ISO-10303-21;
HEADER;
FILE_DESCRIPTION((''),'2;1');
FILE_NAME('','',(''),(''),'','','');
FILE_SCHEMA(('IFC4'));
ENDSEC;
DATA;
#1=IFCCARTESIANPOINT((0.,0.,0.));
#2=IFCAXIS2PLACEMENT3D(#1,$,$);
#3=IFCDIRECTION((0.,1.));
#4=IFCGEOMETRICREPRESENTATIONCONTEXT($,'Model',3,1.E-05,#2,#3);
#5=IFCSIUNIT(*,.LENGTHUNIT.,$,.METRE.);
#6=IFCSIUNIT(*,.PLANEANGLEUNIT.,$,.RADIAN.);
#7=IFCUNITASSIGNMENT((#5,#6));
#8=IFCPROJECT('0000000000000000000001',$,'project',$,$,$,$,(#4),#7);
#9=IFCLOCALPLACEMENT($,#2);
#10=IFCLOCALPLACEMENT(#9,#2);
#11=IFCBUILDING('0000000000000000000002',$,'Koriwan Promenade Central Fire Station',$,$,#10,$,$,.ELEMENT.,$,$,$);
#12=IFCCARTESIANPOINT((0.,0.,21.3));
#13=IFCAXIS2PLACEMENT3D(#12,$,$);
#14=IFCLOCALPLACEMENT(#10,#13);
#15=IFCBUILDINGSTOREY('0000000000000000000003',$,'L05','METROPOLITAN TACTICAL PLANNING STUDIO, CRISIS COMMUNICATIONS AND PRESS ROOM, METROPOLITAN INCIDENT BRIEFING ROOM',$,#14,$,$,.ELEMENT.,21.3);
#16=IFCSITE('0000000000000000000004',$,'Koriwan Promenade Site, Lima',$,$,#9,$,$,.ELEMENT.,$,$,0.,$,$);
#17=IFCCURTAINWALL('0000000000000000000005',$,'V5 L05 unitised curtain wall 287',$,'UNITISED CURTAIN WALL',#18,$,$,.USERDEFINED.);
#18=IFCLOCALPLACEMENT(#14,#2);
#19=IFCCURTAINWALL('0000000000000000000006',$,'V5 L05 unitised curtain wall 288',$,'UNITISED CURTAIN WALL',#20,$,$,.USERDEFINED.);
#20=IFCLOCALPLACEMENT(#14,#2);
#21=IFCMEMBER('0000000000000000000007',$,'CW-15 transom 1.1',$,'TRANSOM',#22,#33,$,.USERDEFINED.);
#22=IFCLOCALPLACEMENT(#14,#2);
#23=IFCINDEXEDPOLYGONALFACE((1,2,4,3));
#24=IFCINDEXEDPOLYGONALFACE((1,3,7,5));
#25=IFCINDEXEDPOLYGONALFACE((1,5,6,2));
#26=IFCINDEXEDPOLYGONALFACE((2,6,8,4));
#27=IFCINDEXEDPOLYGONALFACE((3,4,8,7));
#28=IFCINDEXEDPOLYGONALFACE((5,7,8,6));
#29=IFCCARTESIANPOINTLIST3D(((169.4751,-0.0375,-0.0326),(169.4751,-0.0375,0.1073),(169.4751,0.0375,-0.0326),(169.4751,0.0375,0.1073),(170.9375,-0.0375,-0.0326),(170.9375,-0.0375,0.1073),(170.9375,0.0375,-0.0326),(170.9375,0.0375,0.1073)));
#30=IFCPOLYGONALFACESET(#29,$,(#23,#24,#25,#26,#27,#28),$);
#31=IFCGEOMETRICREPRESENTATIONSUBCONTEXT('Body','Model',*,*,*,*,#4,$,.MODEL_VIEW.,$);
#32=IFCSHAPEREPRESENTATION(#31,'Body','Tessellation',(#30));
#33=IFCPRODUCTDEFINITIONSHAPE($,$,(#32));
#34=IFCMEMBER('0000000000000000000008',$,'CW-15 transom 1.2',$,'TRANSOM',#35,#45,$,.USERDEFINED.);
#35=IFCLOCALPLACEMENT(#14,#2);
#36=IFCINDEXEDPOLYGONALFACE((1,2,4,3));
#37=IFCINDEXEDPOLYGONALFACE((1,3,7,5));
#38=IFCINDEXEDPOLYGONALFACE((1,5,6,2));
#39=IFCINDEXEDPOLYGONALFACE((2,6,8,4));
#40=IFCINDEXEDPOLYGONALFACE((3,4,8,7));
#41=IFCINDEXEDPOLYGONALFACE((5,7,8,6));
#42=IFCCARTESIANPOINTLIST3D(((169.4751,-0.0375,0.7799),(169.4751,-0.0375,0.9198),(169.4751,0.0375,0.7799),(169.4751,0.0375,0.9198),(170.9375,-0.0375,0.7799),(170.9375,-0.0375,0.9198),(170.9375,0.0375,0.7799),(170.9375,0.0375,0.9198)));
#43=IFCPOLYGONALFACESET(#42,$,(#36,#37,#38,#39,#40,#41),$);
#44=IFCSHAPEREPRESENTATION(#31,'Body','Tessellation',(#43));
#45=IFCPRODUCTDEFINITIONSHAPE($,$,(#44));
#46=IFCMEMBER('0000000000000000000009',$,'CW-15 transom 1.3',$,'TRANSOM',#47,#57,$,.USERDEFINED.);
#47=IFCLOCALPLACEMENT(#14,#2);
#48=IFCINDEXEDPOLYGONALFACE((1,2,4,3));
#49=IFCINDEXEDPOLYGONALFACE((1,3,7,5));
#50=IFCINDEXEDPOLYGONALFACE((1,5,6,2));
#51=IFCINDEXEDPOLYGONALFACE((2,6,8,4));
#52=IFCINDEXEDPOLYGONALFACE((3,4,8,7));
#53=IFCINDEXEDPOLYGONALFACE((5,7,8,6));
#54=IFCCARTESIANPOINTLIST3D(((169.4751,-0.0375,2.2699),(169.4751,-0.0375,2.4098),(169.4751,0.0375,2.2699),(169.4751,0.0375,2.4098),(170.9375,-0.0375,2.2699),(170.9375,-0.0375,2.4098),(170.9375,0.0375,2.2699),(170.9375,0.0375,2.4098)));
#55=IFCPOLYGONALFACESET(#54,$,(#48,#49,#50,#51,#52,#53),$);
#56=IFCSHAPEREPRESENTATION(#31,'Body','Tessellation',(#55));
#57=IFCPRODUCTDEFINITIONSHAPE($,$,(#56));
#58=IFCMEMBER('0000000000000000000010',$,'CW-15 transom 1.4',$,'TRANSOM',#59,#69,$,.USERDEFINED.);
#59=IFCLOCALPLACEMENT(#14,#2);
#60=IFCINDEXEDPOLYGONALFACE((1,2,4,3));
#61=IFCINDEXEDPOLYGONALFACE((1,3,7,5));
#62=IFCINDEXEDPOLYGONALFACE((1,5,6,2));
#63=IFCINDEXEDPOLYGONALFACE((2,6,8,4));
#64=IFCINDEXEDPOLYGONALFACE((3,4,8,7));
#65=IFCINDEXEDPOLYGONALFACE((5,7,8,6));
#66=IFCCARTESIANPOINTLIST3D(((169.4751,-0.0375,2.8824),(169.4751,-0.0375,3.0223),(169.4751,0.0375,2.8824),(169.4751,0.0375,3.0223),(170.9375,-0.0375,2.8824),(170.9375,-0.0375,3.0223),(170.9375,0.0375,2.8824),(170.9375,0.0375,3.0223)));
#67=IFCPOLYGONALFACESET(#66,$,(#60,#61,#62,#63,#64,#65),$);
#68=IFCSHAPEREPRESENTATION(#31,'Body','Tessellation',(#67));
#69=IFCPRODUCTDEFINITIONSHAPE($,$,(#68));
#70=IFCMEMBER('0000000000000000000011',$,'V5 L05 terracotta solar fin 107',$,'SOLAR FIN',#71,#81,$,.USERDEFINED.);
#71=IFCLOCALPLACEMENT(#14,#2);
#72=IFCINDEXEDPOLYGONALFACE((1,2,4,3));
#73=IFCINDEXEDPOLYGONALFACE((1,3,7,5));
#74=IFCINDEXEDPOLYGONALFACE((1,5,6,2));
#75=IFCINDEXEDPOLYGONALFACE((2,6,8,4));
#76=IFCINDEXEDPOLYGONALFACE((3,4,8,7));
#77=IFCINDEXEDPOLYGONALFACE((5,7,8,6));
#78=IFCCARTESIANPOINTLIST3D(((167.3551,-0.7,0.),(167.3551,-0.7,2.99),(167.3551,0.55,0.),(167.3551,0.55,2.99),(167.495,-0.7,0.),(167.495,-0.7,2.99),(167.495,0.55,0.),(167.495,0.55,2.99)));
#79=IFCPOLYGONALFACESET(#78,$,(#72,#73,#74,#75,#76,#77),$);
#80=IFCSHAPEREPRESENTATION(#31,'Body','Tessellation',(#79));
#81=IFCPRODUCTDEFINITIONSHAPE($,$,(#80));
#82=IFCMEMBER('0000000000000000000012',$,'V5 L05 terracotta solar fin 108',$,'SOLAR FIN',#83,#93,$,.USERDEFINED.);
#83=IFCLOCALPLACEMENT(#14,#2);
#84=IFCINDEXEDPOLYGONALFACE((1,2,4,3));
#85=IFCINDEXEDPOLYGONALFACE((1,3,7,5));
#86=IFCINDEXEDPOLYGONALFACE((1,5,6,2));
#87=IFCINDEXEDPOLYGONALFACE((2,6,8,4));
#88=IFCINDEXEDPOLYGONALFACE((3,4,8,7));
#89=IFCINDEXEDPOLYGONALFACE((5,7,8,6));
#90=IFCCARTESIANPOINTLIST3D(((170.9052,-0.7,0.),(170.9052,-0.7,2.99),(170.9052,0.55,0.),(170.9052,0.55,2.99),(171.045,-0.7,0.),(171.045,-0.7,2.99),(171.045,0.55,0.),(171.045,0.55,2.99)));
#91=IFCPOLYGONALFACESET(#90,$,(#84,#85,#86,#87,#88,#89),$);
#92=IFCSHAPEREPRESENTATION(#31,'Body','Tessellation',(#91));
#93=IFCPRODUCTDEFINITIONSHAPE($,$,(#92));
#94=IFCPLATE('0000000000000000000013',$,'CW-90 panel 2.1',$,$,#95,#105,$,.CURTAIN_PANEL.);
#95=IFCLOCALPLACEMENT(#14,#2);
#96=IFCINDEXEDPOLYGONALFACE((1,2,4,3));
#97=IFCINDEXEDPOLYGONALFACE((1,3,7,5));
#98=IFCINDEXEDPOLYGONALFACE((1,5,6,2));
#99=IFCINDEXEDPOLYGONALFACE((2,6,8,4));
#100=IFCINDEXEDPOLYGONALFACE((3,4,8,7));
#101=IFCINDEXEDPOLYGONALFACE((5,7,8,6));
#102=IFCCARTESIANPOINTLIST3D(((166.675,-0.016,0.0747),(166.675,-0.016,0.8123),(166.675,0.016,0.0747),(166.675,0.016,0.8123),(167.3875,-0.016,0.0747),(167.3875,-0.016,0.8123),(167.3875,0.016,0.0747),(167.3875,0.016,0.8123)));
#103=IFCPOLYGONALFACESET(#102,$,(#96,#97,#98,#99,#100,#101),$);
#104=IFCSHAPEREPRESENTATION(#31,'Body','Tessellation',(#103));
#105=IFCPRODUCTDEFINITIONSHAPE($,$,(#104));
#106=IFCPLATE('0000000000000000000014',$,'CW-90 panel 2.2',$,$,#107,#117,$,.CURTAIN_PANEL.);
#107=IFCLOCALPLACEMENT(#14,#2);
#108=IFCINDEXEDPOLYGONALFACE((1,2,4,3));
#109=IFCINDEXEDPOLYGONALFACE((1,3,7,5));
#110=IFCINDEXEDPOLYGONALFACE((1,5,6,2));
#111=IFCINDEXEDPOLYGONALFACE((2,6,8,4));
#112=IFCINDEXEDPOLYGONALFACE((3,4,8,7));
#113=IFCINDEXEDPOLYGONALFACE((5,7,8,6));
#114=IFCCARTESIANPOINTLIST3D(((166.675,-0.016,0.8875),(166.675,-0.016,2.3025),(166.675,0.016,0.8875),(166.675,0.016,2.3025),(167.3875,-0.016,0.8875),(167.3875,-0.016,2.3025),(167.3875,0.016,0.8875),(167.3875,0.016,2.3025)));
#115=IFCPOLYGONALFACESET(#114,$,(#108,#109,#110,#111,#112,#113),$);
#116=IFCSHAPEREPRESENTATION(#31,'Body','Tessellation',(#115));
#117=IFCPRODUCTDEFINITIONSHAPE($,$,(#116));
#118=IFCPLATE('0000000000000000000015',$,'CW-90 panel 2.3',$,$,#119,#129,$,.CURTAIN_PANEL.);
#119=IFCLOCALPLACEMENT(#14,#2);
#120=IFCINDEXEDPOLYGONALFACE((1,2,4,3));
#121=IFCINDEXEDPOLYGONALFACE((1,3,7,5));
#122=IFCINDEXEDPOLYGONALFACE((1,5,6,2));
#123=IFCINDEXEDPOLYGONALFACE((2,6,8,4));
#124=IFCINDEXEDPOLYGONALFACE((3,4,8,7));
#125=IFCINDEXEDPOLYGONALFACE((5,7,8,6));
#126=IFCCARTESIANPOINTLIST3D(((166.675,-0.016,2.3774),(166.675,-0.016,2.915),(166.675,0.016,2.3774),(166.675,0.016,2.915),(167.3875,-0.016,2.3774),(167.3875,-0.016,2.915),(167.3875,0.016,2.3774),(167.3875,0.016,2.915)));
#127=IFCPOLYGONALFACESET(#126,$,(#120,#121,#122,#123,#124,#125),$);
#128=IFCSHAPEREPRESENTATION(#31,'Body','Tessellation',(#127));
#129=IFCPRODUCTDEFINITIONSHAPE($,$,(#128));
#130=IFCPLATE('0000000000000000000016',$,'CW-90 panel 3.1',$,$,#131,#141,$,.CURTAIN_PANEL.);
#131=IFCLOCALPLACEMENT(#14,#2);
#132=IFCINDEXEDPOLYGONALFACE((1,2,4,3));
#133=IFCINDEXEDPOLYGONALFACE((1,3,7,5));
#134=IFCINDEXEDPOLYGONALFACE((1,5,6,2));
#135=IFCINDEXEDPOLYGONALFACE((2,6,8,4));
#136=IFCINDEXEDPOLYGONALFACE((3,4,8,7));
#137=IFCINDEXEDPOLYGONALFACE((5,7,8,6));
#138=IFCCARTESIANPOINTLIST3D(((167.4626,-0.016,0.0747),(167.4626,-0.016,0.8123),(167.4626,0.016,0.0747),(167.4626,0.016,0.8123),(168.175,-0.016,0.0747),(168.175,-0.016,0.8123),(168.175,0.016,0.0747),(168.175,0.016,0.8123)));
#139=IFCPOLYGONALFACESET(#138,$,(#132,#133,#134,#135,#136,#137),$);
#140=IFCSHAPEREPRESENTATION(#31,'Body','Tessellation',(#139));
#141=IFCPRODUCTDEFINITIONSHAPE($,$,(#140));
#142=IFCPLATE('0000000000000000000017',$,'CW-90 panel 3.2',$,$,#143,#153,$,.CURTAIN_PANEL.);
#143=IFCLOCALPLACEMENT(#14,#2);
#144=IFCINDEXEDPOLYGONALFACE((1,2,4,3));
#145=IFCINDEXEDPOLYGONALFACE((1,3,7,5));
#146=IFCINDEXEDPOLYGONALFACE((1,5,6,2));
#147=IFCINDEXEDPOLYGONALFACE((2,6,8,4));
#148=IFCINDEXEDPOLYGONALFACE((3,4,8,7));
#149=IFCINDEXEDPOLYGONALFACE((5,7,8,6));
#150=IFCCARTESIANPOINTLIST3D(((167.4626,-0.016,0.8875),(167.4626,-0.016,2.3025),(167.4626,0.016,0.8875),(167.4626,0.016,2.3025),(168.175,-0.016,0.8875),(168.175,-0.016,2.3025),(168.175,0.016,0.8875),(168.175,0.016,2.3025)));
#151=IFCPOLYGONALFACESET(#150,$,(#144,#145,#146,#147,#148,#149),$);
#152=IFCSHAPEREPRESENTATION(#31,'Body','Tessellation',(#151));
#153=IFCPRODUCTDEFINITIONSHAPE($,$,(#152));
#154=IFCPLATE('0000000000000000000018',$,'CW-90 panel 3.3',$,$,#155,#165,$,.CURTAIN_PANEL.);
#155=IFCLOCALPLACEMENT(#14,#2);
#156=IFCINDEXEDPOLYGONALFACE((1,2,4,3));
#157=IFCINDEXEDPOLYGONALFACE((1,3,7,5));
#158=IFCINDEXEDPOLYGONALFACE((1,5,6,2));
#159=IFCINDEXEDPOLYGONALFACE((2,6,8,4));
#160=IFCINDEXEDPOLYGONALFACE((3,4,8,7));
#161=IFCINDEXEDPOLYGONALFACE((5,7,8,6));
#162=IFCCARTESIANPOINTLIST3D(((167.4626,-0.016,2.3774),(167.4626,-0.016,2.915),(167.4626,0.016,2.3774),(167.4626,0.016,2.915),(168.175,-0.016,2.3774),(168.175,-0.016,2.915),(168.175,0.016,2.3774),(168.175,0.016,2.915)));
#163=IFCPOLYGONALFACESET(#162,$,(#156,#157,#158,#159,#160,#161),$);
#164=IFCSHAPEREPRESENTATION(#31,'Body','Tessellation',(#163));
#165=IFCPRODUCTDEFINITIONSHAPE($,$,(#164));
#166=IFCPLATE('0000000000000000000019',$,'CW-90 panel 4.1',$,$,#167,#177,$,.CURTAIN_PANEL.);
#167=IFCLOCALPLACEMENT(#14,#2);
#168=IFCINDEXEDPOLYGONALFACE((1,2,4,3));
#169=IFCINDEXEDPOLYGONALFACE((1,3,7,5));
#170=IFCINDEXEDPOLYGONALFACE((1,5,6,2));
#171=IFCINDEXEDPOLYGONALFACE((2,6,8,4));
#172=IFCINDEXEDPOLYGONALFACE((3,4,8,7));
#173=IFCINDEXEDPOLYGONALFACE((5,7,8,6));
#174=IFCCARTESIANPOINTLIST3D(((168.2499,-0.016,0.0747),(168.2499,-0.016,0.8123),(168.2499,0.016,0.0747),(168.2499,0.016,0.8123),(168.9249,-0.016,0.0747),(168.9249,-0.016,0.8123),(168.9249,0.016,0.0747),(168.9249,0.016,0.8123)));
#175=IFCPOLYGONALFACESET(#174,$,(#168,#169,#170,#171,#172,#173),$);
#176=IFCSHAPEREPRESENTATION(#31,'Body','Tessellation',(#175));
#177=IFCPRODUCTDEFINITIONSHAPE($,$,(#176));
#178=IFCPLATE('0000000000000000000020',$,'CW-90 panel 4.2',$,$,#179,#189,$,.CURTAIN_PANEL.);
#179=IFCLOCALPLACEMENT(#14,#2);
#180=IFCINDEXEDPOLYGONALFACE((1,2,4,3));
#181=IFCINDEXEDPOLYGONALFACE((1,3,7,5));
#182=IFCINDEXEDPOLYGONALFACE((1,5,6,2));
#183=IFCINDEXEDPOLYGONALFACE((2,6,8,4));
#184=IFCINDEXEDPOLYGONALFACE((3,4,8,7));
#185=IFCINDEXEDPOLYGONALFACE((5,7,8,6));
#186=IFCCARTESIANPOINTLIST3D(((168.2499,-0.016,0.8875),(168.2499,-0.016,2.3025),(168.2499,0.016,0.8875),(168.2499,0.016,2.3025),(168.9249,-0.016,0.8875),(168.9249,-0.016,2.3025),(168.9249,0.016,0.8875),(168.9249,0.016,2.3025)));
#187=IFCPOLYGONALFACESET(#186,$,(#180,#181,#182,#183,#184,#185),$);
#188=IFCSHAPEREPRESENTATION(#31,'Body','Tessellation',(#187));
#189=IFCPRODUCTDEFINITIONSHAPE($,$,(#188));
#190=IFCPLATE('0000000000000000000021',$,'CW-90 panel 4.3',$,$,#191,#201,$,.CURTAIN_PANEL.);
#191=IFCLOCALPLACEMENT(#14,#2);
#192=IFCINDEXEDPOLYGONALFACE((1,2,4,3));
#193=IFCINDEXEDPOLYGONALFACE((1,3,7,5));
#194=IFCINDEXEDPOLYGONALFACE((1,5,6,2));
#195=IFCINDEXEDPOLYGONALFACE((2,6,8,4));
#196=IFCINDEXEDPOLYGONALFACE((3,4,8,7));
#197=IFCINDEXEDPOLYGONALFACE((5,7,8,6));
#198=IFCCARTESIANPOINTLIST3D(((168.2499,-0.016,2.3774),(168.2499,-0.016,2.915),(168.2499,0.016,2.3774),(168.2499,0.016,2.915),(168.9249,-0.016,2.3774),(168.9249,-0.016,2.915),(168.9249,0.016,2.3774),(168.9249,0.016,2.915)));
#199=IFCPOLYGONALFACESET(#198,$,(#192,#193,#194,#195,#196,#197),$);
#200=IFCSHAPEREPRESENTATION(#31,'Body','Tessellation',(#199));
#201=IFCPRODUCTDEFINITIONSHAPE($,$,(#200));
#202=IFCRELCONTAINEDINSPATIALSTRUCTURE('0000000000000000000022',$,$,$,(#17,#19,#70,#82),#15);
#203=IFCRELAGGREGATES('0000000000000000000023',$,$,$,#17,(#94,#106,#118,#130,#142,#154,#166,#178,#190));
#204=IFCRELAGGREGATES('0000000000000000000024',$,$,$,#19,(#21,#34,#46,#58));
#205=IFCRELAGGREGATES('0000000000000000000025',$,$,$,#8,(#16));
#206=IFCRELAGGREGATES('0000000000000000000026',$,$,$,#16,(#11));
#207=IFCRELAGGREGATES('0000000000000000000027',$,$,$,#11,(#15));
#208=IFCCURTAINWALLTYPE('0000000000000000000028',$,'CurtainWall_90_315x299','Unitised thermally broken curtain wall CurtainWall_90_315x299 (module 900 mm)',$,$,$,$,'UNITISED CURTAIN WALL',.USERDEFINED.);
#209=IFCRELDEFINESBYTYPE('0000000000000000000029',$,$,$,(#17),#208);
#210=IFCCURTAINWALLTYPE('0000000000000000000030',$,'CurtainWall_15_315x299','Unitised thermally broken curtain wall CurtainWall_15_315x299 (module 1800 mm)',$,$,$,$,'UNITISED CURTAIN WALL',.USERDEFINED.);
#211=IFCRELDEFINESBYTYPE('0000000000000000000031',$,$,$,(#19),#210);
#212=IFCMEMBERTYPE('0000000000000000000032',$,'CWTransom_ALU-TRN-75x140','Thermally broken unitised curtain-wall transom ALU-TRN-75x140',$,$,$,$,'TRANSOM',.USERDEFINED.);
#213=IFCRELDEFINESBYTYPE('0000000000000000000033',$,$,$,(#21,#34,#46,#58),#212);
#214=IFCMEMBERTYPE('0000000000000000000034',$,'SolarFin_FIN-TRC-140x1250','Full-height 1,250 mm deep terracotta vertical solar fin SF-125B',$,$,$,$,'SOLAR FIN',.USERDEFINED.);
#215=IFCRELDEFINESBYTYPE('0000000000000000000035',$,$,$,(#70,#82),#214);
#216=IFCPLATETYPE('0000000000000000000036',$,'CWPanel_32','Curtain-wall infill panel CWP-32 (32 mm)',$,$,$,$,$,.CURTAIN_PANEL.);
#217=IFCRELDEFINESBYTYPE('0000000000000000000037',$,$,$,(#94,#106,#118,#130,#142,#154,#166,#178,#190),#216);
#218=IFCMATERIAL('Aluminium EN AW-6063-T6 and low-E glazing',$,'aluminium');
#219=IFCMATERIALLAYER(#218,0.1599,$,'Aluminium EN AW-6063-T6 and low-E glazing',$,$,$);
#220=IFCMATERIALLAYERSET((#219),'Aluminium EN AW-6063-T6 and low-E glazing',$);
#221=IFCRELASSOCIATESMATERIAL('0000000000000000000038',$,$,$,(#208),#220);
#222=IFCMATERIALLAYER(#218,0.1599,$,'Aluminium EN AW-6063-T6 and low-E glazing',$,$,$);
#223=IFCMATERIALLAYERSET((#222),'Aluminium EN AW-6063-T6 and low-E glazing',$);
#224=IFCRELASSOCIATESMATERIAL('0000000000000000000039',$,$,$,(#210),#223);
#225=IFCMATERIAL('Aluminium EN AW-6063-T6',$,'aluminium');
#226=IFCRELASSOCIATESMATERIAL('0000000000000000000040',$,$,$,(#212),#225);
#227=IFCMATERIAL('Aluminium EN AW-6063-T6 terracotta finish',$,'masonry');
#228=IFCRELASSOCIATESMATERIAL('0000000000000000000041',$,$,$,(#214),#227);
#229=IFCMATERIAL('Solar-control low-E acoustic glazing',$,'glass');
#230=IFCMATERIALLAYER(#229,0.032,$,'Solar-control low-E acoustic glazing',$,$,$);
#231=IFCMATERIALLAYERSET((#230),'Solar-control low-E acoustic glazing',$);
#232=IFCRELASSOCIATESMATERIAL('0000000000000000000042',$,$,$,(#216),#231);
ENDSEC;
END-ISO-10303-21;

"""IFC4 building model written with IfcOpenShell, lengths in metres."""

from ifc_helpers import new_model, si_unit, direction, frame, origin, origin_2d, place, context, subcontext, project, spatial, rectangle, extrude, material, layer, layer_set, material_profile, profile_set, type_object, element, aggregate, save


model = new_model("IFC4")

# Units and contexts
model_context = context("Model", 3, precision=1e-05, world=origin(), true_north=direction((0.0, 1.0)))
body_context = subcontext(model_context, "Body", "Model", "MODEL_VIEW")
ifc_project = project(units=[si_unit("LENGTHUNIT", "METRE"), si_unit("PLANEANGLEUNIT", "RADIAN")], contexts=[model_context])

# Site, building, storey
site_placement = place(None, origin())
site = spatial("IfcSite", under=ifc_project, at=site_placement, Name="Koriwan Promenade Site, Lima", CompositionType="ELEMENT", RefElevation=0.0)
building_placement = place(site_placement, origin())
building = spatial("IfcBuilding", under=site, at=building_placement, Name="Koriwan Promenade Central Fire Station", CompositionType="ELEMENT")
storey_placement = place(building_placement, frame((0.0, 0.0, 21.3)))
storey = spatial("IfcBuildingStorey", under=building, at=storey_placement, Name="L05", Description="METROPOLITAN TACTICAL PLANNING STUDIO, CRISIS COMMUNICATIONS AND PRESS ROOM, METROPOLITAN INCIDENT BRIEFING ROOM", CompositionType="ELEMENT", Elevation=21.3)

# Curtain wall
ifc_material_1 = material(Name="Aluminium EN AW-6063-T6 and low-E glazing", Category="aluminium")
ifc_layer_1 = layer(ifc_material_1, 0.1599, Name="Aluminium EN AW-6063-T6 and low-E glazing")
ifc_layer_set_1 = layer_set([ifc_layer_1], Name="Aluminium EN AW-6063-T6 and low-E glazing")
curtain_wall_type_1 = type_object("IfcCurtainWallType", Name="CurtainWall_90_315x299", Description="Unitised thermally broken curtain wall CurtainWall_90_315x299 (module 900 mm)", ElementType="UNITISED CURTAIN WALL", PredefinedType="USERDEFINED", material=ifc_layer_set_1)
curtain_wall_1_placement = place(storey_placement, origin())
curtain_wall_1 = element("IfcCurtainWall", 1, at=curtain_wall_1_placement, inside=storey, type_object=curtain_wall_type_1, Name="V5 L05 unitised curtain wall 287", ObjectType="UNITISED CURTAIN WALL", PredefinedType="USERDEFINED")
ifc_material_2 = material(Name="Aluminium EN AW-6063-T6", Category="aluminium")

# Curtain wall
ifc_layer_2 = layer(ifc_material_1, 0.1599, Name="Aluminium EN AW-6063-T6 and low-E glazing")
ifc_layer_set_2 = layer_set([ifc_layer_2], Name="Aluminium EN AW-6063-T6 and low-E glazing")
curtain_wall_type_2 = type_object("IfcCurtainWallType", Name="CurtainWall_15_315x299", Description="Unitised thermally broken curtain wall CurtainWall_15_315x299 (module 1800 mm)", ElementType="UNITISED CURTAIN WALL", PredefinedType="USERDEFINED", material=ifc_layer_set_2)
curtain_wall_2_placement = place(storey_placement, origin())
curtain_wall_2 = element("IfcCurtainWall", 2, at=curtain_wall_2_placement, inside=storey, type_object=curtain_wall_type_2, Name="V5 L05 unitised curtain wall 288", ObjectType="UNITISED CURTAIN WALL", PredefinedType="USERDEFINED")

# Members
ifc_material_profile_1 = material_profile(ifc_material_2, rectangle(XDim=0.075, YDim=0.1399, at=origin_2d()), Name="ALU-TRN-75x140")
ifc_profile_set_1 = profile_set([ifc_material_profile_1], Name="Aluminium EN AW-6063-T6")
member_type_1 = type_object("IfcMemberType", Name="CWTransom_ALU-TRN-75x140", Description="Thermally broken unitised curtain-wall transom ALU-TRN-75x140", ElementType="TRANSOM", PredefinedType="USERDEFINED", material=ifc_profile_set_1)
member_1_placement = place(storey_placement, frame((169.4751, 0.0, 0.0374), z_axis=(1.0, 0.0, 0.0), x_axis=(0.0, 1.0, 0.0)))
member_1 = element("IfcMember", 3, at=member_1_placement, type_object=member_type_1, Name="CW-15 transom 1.1", ObjectType="TRANSOM", PredefinedType="USERDEFINED", context=body_context, shape_type="SweptSolid", body=[
    extrude(rectangle(XDim=0.075, YDim=0.1399, at=origin_2d()), origin(), (0.0, 0.0, 1.0), 1.4624),
])
member_2_placement = place(storey_placement, frame((169.4751, 0.0, 0.8499), z_axis=(1.0, 0.0, 0.0), x_axis=(0.0, 1.0, 0.0)))
member_2 = element("IfcMember", 4, at=member_2_placement, type_object=member_type_1, Name="CW-15 transom 1.2", ObjectType="TRANSOM", PredefinedType="USERDEFINED", context=body_context, shape_type="SweptSolid", body=[
    extrude(rectangle(XDim=0.075, YDim=0.1399, at=origin_2d()), origin(), (0.0, 0.0, 1.0), 1.4624),
])
member_3_placement = place(storey_placement, frame((169.4751, 0.0, 2.3398), z_axis=(1.0, 0.0, 0.0), x_axis=(0.0, 1.0, 0.0)))
member_3 = element("IfcMember", 5, at=member_3_placement, type_object=member_type_1, Name="CW-15 transom 1.3", ObjectType="TRANSOM", PredefinedType="USERDEFINED", context=body_context, shape_type="SweptSolid", body=[
    extrude(rectangle(XDim=0.075, YDim=0.1399, at=origin_2d()), origin(), (0.0, 0.0, 1.0), 1.4624),
])
member_4_placement = place(storey_placement, frame((169.4751, 0.0, 2.9524), z_axis=(1.0, 0.0, 0.0), x_axis=(0.0, 1.0, 0.0)))
member_4 = element("IfcMember", 6, at=member_4_placement, type_object=member_type_1, Name="CW-15 transom 1.4", ObjectType="TRANSOM", PredefinedType="USERDEFINED", context=body_context, shape_type="SweptSolid", body=[
    extrude(rectangle(XDim=0.075, YDim=0.1399, at=origin_2d()), origin(), (0.0, 0.0, 1.0), 1.4624),
])

# Members
ifc_material_3 = material(Name="Aluminium EN AW-6063-T6 terracotta finish", Category="masonry")
ifc_material_profile_2 = material_profile(ifc_material_3, rectangle(XDim=0.1399, YDim=1.25, at=origin_2d()), Name="FIN-TRC-140x1250")
ifc_profile_set_2 = profile_set([ifc_material_profile_2], Name="Aluminium EN AW-6063-T6 terracotta finish")
member_type_2 = type_object("IfcMemberType", Name="SolarFin_FIN-TRC-140x1250", Description="Full-height 1,250 mm deep terracotta vertical solar fin SF-125B", ElementType="SOLAR FIN", PredefinedType="USERDEFINED", material=ifc_profile_set_2)
for number, where, z_axis, x_axis, name in (
    (7, (167.425, -0.075, 0.0), (0.0, 0.0, 1.0), (-1.0, 0.0, 0.0), "V5 L05 terracotta solar fin 107"),
    (8, (170.9751, -0.075, 0.0), (0.0, 0.0, 1.0), (-1.0, 0.0, 0.0), "V5 L05 terracotta solar fin 108"),
):
    element("IfcMember", number, at=place(storey_placement, frame(where, z_axis=z_axis, x_axis=x_axis)), inside=storey, type_object=member_type_2, Name=name, ObjectType="SOLAR FIN", PredefinedType="USERDEFINED", context=body_context, shape_type="SweptSolid", body=[
        extrude(rectangle(XDim=0.1399, YDim=1.25, at=origin_2d()), origin(), (0.0, 0.0, 1.0), 2.99),
    ])

# Plates
ifc_material_4 = material(Name="Solar-control low-E acoustic glazing", Category="glass")
ifc_layer_3 = layer(ifc_material_4, 0.032, Name="Solar-control low-E acoustic glazing")
ifc_layer_set_3 = layer_set([ifc_layer_3], Name="Solar-control low-E acoustic glazing")
plate_type = type_object("IfcPlateType", Name="CWPanel_32", Description="Curtain-wall infill panel CWP-32 (32 mm)", PredefinedType="CURTAIN_PANEL", material=ifc_layer_set_3)
plate_1_placement = place(storey_placement, frame((167.0312, 0.0, 0.0747), z_axis=(0.0, 0.0, 1.0), x_axis=(1.0, 0.0, 0.0)))
plate_1 = element("IfcPlate", 9, at=plate_1_placement, type_object=plate_type, Name="CW-90 panel 2.1", PredefinedType="CURTAIN_PANEL", context=body_context, shape_type="SweptSolid", body=[
    extrude(rectangle(XDim=0.7124, YDim=0.032, at=origin_2d()), origin(), (0.0, 0.0, 1.0), 0.7375),
])
plate_2_placement = place(storey_placement, frame((167.0312, 0.0, 0.8875), z_axis=(0.0, 0.0, 1.0), x_axis=(1.0, 0.0, 0.0)))
plate_2 = element("IfcPlate", 10, at=plate_2_placement, type_object=plate_type, Name="CW-90 panel 2.2", PredefinedType="CURTAIN_PANEL", context=body_context, shape_type="SweptSolid", body=[
    extrude(rectangle(XDim=0.7124, YDim=0.032, at=origin_2d()), origin(), (0.0, 0.0, 1.0), 1.415),
])
plate_3_placement = place(storey_placement, frame((167.0312, 0.0, 2.3774), z_axis=(0.0, 0.0, 1.0), x_axis=(1.0, 0.0, 0.0)))
plate_3 = element("IfcPlate", 11, at=plate_3_placement, type_object=plate_type, Name="CW-90 panel 2.3", PredefinedType="CURTAIN_PANEL", context=body_context, shape_type="SweptSolid", body=[
    extrude(rectangle(XDim=0.7124, YDim=0.032, at=origin_2d()), origin(), (0.0, 0.0, 1.0), 0.5376),
])
plate_4_placement = place(storey_placement, frame((167.8188, 0.0, 0.0747), z_axis=(0.0, 0.0, 1.0), x_axis=(1.0, 0.0, 0.0)))
plate_4 = element("IfcPlate", 12, at=plate_4_placement, type_object=plate_type, Name="CW-90 panel 3.1", PredefinedType="CURTAIN_PANEL", context=body_context, shape_type="SweptSolid", body=[
    extrude(rectangle(XDim=0.7124, YDim=0.032, at=origin_2d()), origin(), (0.0, 0.0, 1.0), 0.7375),
])
plate_5_placement = place(storey_placement, frame((167.8188, 0.0, 0.8875), z_axis=(0.0, 0.0, 1.0), x_axis=(1.0, 0.0, 0.0)))
plate_5 = element("IfcPlate", 13, at=plate_5_placement, type_object=plate_type, Name="CW-90 panel 3.2", PredefinedType="CURTAIN_PANEL", context=body_context, shape_type="SweptSolid", body=[
    extrude(rectangle(XDim=0.7124, YDim=0.032, at=origin_2d()), origin(), (0.0, 0.0, 1.0), 1.415),
])
plate_6_placement = place(storey_placement, frame((167.8188, 0.0, 2.3774), z_axis=(0.0, 0.0, 1.0), x_axis=(1.0, 0.0, 0.0)))
plate_6 = element("IfcPlate", 14, at=plate_6_placement, type_object=plate_type, Name="CW-90 panel 3.3", PredefinedType="CURTAIN_PANEL", context=body_context, shape_type="SweptSolid", body=[
    extrude(rectangle(XDim=0.7124, YDim=0.032, at=origin_2d()), origin(), (0.0, 0.0, 1.0), 0.5376),
])
plate_7_placement = place(storey_placement, frame((168.5874, 0.0, 0.0747), z_axis=(0.0, 0.0, 1.0), x_axis=(1.0, 0.0, 0.0)))
plate_7 = element("IfcPlate", 15, at=plate_7_placement, type_object=plate_type, Name="CW-90 panel 4.1", PredefinedType="CURTAIN_PANEL", context=body_context, shape_type="SweptSolid", body=[
    extrude(rectangle(XDim=0.675, YDim=0.032, at=origin_2d()), origin(), (0.0, 0.0, 1.0), 0.7375),
])
plate_8_placement = place(storey_placement, frame((168.5874, 0.0, 0.8875), z_axis=(0.0, 0.0, 1.0), x_axis=(1.0, 0.0, 0.0)))
plate_8 = element("IfcPlate", 16, at=plate_8_placement, type_object=plate_type, Name="CW-90 panel 4.2", PredefinedType="CURTAIN_PANEL", context=body_context, shape_type="SweptSolid", body=[
    extrude(rectangle(XDim=0.675, YDim=0.032, at=origin_2d()), origin(), (0.0, 0.0, 1.0), 1.415),
])
plate_9_placement = place(storey_placement, frame((168.5874, 0.0, 2.3774), z_axis=(0.0, 0.0, 1.0), x_axis=(1.0, 0.0, 0.0)))
plate_9 = element("IfcPlate", 17, at=plate_9_placement, type_object=plate_type, Name="CW-90 panel 4.3", PredefinedType="CURTAIN_PANEL", context=body_context, shape_type="SweptSolid", body=[
    extrude(rectangle(XDim=0.675, YDim=0.032, at=origin_2d()), origin(), (0.0, 0.0, 1.0), 0.5376),
])
aggregate(curtain_wall_1, [plate_1, plate_2, plate_3, plate_4, plate_5, plate_6, plate_7, plate_8, plate_9])
aggregate(curtain_wall_2, [member_1, member_2, member_3, member_4])

save(model, "model.ifc")
